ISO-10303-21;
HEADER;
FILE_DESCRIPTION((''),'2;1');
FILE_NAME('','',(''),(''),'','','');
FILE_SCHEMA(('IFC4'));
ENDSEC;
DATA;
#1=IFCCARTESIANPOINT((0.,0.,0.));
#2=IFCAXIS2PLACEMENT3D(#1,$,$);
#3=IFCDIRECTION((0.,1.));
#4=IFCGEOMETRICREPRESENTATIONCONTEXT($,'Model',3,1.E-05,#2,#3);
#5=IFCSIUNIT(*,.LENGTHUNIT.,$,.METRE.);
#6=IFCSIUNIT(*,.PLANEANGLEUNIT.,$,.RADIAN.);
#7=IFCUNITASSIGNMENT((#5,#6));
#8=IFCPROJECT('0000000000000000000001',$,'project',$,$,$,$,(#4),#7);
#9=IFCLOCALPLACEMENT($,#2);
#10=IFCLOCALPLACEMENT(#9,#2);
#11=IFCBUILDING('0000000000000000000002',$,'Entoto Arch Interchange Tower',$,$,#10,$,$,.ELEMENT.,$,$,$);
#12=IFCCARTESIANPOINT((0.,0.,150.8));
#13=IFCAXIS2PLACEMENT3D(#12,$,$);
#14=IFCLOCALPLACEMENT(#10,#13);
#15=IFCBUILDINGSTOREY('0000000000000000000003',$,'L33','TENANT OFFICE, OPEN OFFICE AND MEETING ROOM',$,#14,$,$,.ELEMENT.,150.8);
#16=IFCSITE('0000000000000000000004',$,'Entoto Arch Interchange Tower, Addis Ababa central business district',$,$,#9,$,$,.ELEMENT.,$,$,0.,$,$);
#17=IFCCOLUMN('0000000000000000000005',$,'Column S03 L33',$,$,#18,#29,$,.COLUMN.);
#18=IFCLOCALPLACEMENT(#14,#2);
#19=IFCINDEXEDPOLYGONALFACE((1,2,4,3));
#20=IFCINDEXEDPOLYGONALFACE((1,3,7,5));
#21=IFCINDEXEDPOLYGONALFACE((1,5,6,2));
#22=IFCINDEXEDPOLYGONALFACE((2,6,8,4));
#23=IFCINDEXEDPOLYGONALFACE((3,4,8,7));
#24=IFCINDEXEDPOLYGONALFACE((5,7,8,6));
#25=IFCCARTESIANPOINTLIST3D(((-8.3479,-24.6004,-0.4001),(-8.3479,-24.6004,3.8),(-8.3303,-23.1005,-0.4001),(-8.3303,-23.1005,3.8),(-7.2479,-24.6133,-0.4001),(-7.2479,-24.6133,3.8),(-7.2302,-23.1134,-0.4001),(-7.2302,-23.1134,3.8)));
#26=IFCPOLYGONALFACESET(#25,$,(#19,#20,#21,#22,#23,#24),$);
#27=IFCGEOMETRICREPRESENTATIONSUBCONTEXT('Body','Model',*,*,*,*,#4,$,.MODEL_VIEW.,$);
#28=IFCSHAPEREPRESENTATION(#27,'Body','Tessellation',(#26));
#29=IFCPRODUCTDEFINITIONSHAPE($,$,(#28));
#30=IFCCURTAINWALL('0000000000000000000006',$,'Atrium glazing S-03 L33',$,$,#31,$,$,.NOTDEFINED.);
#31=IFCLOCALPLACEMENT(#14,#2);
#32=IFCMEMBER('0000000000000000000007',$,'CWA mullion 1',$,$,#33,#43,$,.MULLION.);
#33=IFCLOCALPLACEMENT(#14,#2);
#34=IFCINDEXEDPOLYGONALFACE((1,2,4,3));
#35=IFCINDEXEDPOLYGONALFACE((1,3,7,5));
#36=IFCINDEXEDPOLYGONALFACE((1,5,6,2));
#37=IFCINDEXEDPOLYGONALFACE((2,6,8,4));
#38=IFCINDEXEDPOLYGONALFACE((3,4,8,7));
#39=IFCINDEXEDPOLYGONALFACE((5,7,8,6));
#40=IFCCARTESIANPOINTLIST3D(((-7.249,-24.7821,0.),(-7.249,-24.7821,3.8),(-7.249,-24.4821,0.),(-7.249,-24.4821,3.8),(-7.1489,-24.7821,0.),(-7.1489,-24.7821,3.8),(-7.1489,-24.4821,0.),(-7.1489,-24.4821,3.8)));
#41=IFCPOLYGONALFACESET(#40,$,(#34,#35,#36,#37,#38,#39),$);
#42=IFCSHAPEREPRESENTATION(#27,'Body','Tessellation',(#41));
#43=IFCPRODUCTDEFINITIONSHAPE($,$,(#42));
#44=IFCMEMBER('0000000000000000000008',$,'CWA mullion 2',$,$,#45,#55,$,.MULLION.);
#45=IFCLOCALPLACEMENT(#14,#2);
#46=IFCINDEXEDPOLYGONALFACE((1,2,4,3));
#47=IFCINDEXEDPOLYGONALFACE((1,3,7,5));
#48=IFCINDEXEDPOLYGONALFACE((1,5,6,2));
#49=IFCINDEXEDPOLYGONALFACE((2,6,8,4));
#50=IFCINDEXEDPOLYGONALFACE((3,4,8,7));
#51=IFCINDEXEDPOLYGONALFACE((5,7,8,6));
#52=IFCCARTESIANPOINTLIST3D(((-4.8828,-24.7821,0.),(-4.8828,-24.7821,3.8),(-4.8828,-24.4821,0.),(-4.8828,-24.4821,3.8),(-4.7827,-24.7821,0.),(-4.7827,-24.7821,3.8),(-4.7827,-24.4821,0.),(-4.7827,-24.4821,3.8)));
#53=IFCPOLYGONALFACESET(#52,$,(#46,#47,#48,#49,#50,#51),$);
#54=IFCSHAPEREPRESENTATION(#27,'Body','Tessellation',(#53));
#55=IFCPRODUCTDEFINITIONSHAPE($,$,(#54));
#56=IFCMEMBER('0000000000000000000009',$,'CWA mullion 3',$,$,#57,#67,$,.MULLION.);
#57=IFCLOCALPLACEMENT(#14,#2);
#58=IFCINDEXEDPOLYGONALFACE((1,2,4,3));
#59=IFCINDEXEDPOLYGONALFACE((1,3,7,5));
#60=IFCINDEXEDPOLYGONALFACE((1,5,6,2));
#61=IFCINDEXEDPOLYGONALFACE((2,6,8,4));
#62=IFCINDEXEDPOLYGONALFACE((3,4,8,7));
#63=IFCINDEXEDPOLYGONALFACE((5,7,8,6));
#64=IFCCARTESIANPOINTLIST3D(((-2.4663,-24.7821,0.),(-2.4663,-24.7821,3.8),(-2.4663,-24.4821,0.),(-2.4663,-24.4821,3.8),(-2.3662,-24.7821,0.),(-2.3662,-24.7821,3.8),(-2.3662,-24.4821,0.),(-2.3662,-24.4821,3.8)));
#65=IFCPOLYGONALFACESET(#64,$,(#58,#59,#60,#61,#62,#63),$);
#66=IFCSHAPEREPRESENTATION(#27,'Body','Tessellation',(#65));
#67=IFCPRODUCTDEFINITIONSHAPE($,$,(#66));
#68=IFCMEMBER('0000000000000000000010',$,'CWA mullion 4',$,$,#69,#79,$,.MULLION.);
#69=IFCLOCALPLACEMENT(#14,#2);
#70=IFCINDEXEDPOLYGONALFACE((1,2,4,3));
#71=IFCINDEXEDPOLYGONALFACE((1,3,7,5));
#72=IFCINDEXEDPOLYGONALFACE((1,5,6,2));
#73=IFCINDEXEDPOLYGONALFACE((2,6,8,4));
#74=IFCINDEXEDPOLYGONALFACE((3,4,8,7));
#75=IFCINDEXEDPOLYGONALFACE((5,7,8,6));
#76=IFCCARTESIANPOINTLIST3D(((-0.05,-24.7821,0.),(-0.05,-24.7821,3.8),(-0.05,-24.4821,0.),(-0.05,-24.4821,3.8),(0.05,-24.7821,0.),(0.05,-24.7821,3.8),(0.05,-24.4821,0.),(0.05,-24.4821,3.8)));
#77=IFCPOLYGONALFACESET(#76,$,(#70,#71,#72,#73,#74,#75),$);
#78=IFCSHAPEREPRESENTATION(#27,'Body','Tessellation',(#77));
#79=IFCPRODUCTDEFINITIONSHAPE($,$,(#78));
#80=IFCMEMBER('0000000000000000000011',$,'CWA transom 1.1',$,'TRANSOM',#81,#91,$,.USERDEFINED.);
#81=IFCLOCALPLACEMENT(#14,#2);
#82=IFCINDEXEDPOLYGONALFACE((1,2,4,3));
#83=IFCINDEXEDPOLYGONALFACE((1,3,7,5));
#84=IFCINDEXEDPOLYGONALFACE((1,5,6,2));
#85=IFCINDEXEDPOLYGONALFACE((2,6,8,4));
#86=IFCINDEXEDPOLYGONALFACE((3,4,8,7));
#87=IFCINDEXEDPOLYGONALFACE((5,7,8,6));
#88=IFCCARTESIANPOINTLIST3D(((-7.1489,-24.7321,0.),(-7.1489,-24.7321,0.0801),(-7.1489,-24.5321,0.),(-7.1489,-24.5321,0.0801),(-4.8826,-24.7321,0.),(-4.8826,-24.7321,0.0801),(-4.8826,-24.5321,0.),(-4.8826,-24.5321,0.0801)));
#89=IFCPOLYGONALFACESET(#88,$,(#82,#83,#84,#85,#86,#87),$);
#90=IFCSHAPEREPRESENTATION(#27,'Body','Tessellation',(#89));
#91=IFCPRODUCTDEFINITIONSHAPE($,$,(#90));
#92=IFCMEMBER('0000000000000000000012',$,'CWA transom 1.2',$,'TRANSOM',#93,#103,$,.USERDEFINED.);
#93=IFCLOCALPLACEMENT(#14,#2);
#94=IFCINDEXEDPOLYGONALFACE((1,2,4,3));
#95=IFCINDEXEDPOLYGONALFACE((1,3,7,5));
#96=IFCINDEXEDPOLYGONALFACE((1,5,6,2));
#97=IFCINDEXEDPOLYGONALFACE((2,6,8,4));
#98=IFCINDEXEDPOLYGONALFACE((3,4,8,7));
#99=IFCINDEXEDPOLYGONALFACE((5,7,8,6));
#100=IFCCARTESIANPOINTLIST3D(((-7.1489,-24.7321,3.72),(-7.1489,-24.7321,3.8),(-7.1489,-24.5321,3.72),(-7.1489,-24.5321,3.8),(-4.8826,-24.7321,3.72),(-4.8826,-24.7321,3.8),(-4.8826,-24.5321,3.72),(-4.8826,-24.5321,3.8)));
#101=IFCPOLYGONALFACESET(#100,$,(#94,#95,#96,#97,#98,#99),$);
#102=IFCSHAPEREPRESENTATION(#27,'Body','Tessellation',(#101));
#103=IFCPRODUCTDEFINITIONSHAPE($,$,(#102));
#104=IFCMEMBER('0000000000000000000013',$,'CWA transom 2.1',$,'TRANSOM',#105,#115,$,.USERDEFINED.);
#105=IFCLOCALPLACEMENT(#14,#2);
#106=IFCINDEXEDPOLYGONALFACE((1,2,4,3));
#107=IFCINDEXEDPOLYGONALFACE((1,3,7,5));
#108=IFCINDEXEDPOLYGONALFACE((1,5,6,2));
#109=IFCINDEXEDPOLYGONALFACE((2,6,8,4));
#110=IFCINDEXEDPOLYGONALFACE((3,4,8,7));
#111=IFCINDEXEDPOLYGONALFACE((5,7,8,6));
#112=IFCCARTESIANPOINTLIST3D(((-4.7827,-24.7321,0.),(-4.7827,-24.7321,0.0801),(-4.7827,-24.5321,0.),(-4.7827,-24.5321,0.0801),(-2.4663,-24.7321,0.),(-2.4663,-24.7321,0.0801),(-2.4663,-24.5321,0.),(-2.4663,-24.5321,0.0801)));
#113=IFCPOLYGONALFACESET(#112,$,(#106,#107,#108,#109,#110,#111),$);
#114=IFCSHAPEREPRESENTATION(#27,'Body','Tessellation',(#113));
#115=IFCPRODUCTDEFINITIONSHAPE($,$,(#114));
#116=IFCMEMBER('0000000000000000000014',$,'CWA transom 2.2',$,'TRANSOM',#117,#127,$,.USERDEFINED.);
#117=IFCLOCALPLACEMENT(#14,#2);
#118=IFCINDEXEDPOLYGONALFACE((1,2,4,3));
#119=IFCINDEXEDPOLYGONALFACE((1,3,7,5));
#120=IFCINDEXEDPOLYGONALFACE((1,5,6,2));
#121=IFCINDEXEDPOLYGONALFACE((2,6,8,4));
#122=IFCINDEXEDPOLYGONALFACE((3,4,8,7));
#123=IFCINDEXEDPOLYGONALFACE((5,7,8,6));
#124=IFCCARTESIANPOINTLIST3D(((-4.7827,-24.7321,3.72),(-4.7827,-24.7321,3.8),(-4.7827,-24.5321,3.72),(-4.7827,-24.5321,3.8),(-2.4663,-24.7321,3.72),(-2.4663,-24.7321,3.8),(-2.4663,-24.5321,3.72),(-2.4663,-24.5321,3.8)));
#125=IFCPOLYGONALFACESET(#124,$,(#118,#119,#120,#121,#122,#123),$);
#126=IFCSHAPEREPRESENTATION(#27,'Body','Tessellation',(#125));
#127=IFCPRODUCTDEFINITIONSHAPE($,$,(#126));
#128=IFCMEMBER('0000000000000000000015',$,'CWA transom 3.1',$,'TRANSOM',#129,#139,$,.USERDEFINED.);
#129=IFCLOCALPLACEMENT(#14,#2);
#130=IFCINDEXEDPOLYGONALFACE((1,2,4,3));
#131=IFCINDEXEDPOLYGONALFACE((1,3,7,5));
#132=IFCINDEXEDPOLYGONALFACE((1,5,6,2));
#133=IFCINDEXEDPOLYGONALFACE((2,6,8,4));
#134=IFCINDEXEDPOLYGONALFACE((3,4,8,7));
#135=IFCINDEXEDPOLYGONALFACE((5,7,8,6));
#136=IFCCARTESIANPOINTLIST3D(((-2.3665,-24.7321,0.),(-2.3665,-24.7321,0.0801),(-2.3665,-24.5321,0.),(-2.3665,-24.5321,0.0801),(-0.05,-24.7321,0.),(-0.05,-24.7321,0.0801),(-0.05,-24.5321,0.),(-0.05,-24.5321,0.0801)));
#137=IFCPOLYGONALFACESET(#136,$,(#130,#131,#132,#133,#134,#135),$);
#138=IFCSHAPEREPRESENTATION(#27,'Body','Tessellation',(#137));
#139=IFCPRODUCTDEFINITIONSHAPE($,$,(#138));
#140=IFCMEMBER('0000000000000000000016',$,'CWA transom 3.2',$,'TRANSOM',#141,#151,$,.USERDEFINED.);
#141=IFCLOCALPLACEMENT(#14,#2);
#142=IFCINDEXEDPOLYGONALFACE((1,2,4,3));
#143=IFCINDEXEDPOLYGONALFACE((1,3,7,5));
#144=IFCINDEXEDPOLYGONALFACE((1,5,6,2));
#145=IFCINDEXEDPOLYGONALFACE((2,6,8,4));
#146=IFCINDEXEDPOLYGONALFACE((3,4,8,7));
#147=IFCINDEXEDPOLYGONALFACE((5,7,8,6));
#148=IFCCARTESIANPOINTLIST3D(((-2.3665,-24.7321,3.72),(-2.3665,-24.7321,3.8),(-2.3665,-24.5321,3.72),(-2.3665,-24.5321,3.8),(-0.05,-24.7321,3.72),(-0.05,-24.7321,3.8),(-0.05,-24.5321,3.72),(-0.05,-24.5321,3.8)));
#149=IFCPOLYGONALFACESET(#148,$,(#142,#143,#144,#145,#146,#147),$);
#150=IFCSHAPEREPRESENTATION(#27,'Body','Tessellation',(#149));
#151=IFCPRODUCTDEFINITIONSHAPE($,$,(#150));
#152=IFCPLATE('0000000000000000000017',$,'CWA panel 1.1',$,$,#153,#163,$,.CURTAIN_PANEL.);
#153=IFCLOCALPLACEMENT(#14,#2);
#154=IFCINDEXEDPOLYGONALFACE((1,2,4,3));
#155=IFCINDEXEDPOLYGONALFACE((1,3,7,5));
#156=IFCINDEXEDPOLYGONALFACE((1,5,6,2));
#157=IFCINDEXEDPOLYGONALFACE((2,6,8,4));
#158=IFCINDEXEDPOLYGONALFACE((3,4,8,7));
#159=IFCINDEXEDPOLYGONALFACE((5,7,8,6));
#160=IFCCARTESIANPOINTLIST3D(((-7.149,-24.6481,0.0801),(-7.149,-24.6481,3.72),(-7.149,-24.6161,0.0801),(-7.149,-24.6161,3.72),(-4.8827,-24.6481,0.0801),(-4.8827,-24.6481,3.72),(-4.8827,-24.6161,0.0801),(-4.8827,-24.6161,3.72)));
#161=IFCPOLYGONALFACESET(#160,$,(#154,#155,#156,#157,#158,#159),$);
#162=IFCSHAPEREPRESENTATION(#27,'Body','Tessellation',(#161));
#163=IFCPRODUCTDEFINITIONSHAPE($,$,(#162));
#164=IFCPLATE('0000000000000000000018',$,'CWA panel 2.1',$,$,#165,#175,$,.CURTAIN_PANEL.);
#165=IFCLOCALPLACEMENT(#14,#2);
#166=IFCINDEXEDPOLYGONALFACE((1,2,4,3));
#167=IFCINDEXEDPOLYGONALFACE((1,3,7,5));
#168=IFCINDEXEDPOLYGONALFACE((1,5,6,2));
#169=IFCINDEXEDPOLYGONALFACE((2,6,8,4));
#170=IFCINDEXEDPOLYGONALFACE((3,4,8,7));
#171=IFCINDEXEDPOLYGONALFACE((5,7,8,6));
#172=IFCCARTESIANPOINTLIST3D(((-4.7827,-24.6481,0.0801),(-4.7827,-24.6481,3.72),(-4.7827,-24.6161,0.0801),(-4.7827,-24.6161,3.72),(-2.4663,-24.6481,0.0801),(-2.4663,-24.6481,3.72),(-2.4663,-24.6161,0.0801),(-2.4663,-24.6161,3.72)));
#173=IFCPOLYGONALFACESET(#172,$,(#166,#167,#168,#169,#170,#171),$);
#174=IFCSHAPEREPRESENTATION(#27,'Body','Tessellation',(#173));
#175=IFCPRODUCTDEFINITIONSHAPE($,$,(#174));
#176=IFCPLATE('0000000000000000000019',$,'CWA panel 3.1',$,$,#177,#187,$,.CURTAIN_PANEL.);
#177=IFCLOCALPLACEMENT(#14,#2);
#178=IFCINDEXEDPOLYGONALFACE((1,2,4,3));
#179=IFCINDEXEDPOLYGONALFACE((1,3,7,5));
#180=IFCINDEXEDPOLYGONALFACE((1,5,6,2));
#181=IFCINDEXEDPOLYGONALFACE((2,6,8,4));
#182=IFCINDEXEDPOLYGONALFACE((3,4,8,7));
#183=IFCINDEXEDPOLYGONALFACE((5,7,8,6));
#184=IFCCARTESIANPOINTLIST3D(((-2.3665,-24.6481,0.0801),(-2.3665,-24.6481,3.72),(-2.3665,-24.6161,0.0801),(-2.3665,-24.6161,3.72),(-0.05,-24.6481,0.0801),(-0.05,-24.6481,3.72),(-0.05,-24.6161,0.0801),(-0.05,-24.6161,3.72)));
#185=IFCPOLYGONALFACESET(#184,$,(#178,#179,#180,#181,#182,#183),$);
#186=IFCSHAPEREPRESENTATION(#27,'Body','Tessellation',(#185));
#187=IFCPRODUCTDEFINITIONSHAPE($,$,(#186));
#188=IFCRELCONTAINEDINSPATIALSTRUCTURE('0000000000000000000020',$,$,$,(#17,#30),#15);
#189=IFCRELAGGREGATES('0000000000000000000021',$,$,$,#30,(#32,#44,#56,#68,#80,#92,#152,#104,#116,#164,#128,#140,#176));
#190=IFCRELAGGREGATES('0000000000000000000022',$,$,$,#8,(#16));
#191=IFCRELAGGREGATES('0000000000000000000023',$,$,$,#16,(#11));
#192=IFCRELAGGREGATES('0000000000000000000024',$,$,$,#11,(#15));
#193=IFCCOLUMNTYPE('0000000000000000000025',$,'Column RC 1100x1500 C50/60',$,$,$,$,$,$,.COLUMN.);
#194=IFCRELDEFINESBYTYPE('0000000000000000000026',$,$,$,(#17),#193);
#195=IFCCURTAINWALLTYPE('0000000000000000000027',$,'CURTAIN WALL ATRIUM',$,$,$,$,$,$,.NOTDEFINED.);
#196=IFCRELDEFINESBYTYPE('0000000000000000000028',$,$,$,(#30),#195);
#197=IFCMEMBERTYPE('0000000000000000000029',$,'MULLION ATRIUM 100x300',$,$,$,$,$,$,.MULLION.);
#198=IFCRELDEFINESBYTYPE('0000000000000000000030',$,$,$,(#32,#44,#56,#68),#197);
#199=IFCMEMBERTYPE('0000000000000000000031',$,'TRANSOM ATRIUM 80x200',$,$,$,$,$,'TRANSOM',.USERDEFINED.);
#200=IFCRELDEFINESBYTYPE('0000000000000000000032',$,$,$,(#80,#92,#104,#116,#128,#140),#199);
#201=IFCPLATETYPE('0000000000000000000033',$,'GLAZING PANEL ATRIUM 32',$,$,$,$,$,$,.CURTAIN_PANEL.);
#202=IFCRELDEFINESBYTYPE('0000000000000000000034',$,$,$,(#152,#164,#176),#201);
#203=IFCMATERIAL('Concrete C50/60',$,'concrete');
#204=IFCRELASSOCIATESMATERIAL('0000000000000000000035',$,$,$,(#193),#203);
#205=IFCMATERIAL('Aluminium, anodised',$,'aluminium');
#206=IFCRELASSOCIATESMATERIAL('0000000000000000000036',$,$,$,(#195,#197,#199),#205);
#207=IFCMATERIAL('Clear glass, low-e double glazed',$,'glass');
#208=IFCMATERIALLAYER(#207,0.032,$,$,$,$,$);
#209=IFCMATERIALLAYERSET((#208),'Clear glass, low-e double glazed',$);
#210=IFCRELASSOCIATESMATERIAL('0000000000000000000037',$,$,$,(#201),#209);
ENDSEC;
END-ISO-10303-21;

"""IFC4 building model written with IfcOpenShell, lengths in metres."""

from ifc_helpers import new_model, si_unit, direction, frame, origin, origin_2d, place, context, subcontext, project, spatial, rectangle, extrude, material, layer, layer_set, material_profile, profile_set, type_object, element, aggregate, save


model = new_model("IFC4")

# Units and contexts
model_context = context("Model", 3, precision=1e-05, world=origin(), true_north=direction((0.0, 1.0)))
body_context = subcontext(model_context, "Body", "Model", "MODEL_VIEW")
ifc_project = project(units=[si_unit("LENGTHUNIT", "METRE"), si_unit("PLANEANGLEUNIT", "RADIAN")], contexts=[model_context])

# Site, building, storey
site_placement = place(None, origin())
site = spatial("IfcSite", under=ifc_project, at=site_placement, Name="Entoto Arch Interchange Tower, Addis Ababa central business district", CompositionType="ELEMENT", RefElevation=0.0)
building_placement = place(site_placement, origin())
building = spatial("IfcBuilding", under=site, at=building_placement, Name="Entoto Arch Interchange Tower", CompositionType="ELEMENT")
storey_placement = place(building_placement, frame((0.0, 0.0, 150.8)))
storey = spatial("IfcBuildingStorey", under=building, at=storey_placement, Name="L33", Description="TENANT OFFICE, OPEN OFFICE AND MEETING ROOM", CompositionType="ELEMENT", Elevation=150.8)

# Column
ifc_material_1 = material(Name="Concrete C50/60", Category="concrete")
ifc_material_profile_1 = material_profile(ifc_material_1, rectangle(XDim=1.1001, YDim=1.5, at=origin_2d()))
ifc_profile_set_1 = profile_set([ifc_material_profile_1], Name="Concrete C50/60")
column_type = type_object("IfcColumnType", Name="Column RC 1100x1500 C50/60", PredefinedType="COLUMN", material=ifc_profile_set_1)
column_placement = place(storey_placement, frame((-7.7891, -23.8569, -0.4001), z_axis=(0.0, 0.0, 1.0), x_axis=(-0.999931, 0.011746, 0.0)))
element("IfcColumn", 1, at=column_placement, inside=storey, type_object=column_type, Name="Column S03 L33", PredefinedType="COLUMN", context=body_context, shape_type="SweptSolid", body=[
    extrude(rectangle(XDim=1.1001, YDim=1.5, at=origin_2d()), origin(), (0.0, 0.0, 1.0), 4.2002),
])

# Curtain wall, members, plates
ifc_material_2 = material(Name="Aluminium, anodised", Category="aluminium")
curtain_wall_type = type_object("IfcCurtainWallType", Name="CURTAIN WALL ATRIUM", PredefinedType="NOTDEFINED", material=ifc_material_2)
curtain_wall_placement = place(storey_placement, origin())
curtain_wall = element("IfcCurtainWall", 2, at=curtain_wall_placement, inside=storey, type_object=curtain_wall_type, Name="Atrium glazing S-03 L33", PredefinedType="NOTDEFINED")
ifc_material_profile_2 = material_profile(ifc_material_2, rectangle(XDim=0.3, YDim=0.1001, at=origin_2d()))
ifc_profile_set_2 = profile_set([ifc_material_profile_2], Name="Aluminium, anodised")
member_type_1 = type_object("IfcMemberType", Name="MULLION ATRIUM 100x300", PredefinedType="MULLION", material=ifc_profile_set_2)
member_1_placement = place(storey_placement, frame((-7.199, -24.6321, 0.0), z_axis=(0.0, 0.0, 1.0), x_axis=(0.0, 1.0, 0.0)))
member_1 = element("IfcMember", 3, at=member_1_placement, type_object=member_type_1, Name="CWA mullion 1", PredefinedType="MULLION", context=body_context, shape_type="SweptSolid", body=[
    extrude(rectangle(XDim=0.3, YDim=0.1001, at=origin_2d()), origin(), (0.0, 0.0, 1.0), 3.8),
])
member_2_placement = place(storey_placement, frame((-4.8328, -24.6321, 0.0), z_axis=(0.0, 0.0, 1.0), x_axis=(0.0, 1.0, 0.0)))
member_2 = element("IfcMember", 4, at=member_2_placement, type_object=member_type_1, Name="CWA mullion 2", PredefinedType="MULLION", context=body_context, shape_type="SweptSolid", body=[
    extrude(rectangle(XDim=0.3, YDim=0.1001, at=origin_2d()), origin(), (0.0, 0.0, 1.0), 3.8),
])
member_3_placement = place(storey_placement, frame((-2.4163, -24.6321, 0.0), z_axis=(0.0, 0.0, 1.0), x_axis=(0.0, 1.0, 0.0)))
member_3 = element("IfcMember", 5, at=member_3_placement, type_object=member_type_1, Name="CWA mullion 3", PredefinedType="MULLION", context=body_context, shape_type="SweptSolid", body=[
    extrude(rectangle(XDim=0.3, YDim=0.1001, at=origin_2d()), origin(), (0.0, 0.0, 1.0), 3.8),
])
member_4_placement = place(storey_placement, frame((0.0, -24.6321, 0.0), z_axis=(0.0, 0.0, 1.0), x_axis=(0.0, 1.0, 0.0)))
member_4 = element("IfcMember", 6, at=member_4_placement, type_object=member_type_1, Name="CWA mullion 4", PredefinedType="MULLION", context=body_context, shape_type="SweptSolid", body=[
    extrude(rectangle(XDim=0.3, YDim=0.1001, at=origin_2d()), origin(), (0.0, 0.0, 1.0), 3.8),
])
ifc_material_profile_3 = material_profile(ifc_material_2, rectangle(XDim=0.2, YDim=0.0801, at=origin_2d()))
ifc_profile_set_3 = profile_set([ifc_material_profile_3], Name="Aluminium, anodised")
member_type_2 = type_object("IfcMemberType", Name="TRANSOM ATRIUM 80x200", ElementType="TRANSOM", PredefinedType="USERDEFINED", material=ifc_profile_set_3)
member_5_placement = place(storey_placement, frame((-7.1489, -24.6321, 0.04), z_axis=(1.0, 0.0, 0.0), x_axis=(0.0, 1.0, 0.0)))
member_5 = element("IfcMember", 7, at=member_5_placement, type_object=member_type_2, Name="CWA transom 1.1", ObjectType="TRANSOM", PredefinedType="USERDEFINED", context=body_context, shape_type="SweptSolid", body=[
    extrude(rectangle(XDim=0.2, YDim=0.0801, at=origin_2d()), origin(), (0.0, 0.0, 1.0), 2.2664),
])
member_6_placement = place(storey_placement, frame((-7.1489, -24.6321, 3.76), z_axis=(1.0, 0.0, 0.0), x_axis=(0.0, 1.0, 0.0)))
member_6 = element("IfcMember", 8, at=member_6_placement, type_object=member_type_2, Name="CWA transom 1.2", ObjectType="TRANSOM", PredefinedType="USERDEFINED", context=body_context, shape_type="SweptSolid", body=[
    extrude(rectangle(XDim=0.2, YDim=0.0801, at=origin_2d()), origin(), (0.0, 0.0, 1.0), 2.2664),
])
member_7_placement = place(storey_placement, frame((-4.7827, -24.6321, 0.04), z_axis=(1.0, 0.0, 0.0), x_axis=(0.0, 1.0, 0.0)))
member_7 = element("IfcMember", 9, at=member_7_placement, type_object=member_type_2, Name="CWA transom 2.1", ObjectType="TRANSOM", PredefinedType="USERDEFINED", context=body_context, shape_type="SweptSolid", body=[
    extrude(rectangle(XDim=0.2, YDim=0.0801, at=origin_2d()), origin(), (0.0, 0.0, 1.0), 2.3164),
])
member_8_placement = place(storey_placement, frame((-4.7827, -24.6321, 3.76), z_axis=(1.0, 0.0, 0.0), x_axis=(0.0, 1.0, 0.0)))
member_8 = element("IfcMember", 10, at=member_8_placement, type_object=member_type_2, Name="CWA transom 2.2", ObjectType="TRANSOM", PredefinedType="USERDEFINED", context=body_context, shape_type="SweptSolid", body=[
    extrude(rectangle(XDim=0.2, YDim=0.0801, at=origin_2d()), origin(), (0.0, 0.0, 1.0), 2.3164),
])
member_9_placement = place(storey_placement, frame((-2.3665, -24.6321, 0.04), z_axis=(1.0, 0.0, 0.0), x_axis=(0.0, 1.0, 0.0)))
member_9 = element("IfcMember", 11, at=member_9_placement, type_object=member_type_2, Name="CWA transom 3.1", ObjectType="TRANSOM", PredefinedType="USERDEFINED", context=body_context, shape_type="SweptSolid", body=[
    extrude(rectangle(XDim=0.2, YDim=0.0801, at=origin_2d()), origin(), (0.0, 0.0, 1.0), 2.3164),
])
member_10_placement = place(storey_placement, frame((-2.3665, -24.6321, 3.76), z_axis=(1.0, 0.0, 0.0), x_axis=(0.0, 1.0, 0.0)))
member_10 = element("IfcMember", 12, at=member_10_placement, type_object=member_type_2, Name="CWA transom 3.2", ObjectType="TRANSOM", PredefinedType="USERDEFINED", context=body_context, shape_type="SweptSolid", body=[
    extrude(rectangle(XDim=0.2, YDim=0.0801, at=origin_2d()), origin(), (0.0, 0.0, 1.0), 2.3164),
])
ifc_material_3 = material(Name="Clear glass, low-e double glazed", Category="glass")
ifc_layer_1 = layer(ifc_material_3, 0.032)
ifc_layer_set_1 = layer_set([ifc_layer_1], Name="Clear glass, low-e double glazed")
plate_type = type_object("IfcPlateType", Name="GLAZING PANEL ATRIUM 32", PredefinedType="CURTAIN_PANEL", material=ifc_layer_set_1)
plate_1_placement = place(storey_placement, frame((-6.0159, -24.6321, 0.0801), z_axis=(0.0, 0.0, 1.0), x_axis=(1.0, 0.0, 0.0)))
plate_1 = element("IfcPlate", 13, at=plate_1_placement, type_object=plate_type, Name="CWA panel 1.1", PredefinedType="CURTAIN_PANEL", context=body_context, shape_type="SweptSolid", body=[
    extrude(rectangle(XDim=2.2664, YDim=0.032, at=origin_2d()), origin(), (0.0, 0.0, 1.0), 3.6399),
])
plate_2_placement = place(storey_placement, frame((-3.6245, -24.6321, 0.0801), z_axis=(0.0, 0.0, 1.0), x_axis=(1.0, 0.0, 0.0)))
plate_2 = element("IfcPlate", 14, at=plate_2_placement, type_object=plate_type, Name="CWA panel 2.1", PredefinedType="CURTAIN_PANEL", context=body_context, shape_type="SweptSolid", body=[
    extrude(rectangle(XDim=2.3164, YDim=0.032, at=origin_2d()), origin(), (0.0, 0.0, 1.0), 3.6399),
])
plate_3_placement = place(storey_placement, frame((-1.2083, -24.6321, 0.0801), z_axis=(0.0, 0.0, 1.0), x_axis=(1.0, 0.0, 0.0)))
plate_3 = element("IfcPlate", 15, at=plate_3_placement, type_object=plate_type, Name="CWA panel 3.1", PredefinedType="CURTAIN_PANEL", context=body_context, shape_type="SweptSolid", body=[
    extrude(rectangle(XDim=2.3164, YDim=0.032, at=origin_2d()), origin(), (0.0, 0.0, 1.0), 3.6399),
])
aggregate(curtain_wall, [member_1, member_2, member_3, member_4, member_5, member_6, plate_1, member_7, member_8, plate_2, member_9, member_10, plate_3])

save(model, "model.ifc")
